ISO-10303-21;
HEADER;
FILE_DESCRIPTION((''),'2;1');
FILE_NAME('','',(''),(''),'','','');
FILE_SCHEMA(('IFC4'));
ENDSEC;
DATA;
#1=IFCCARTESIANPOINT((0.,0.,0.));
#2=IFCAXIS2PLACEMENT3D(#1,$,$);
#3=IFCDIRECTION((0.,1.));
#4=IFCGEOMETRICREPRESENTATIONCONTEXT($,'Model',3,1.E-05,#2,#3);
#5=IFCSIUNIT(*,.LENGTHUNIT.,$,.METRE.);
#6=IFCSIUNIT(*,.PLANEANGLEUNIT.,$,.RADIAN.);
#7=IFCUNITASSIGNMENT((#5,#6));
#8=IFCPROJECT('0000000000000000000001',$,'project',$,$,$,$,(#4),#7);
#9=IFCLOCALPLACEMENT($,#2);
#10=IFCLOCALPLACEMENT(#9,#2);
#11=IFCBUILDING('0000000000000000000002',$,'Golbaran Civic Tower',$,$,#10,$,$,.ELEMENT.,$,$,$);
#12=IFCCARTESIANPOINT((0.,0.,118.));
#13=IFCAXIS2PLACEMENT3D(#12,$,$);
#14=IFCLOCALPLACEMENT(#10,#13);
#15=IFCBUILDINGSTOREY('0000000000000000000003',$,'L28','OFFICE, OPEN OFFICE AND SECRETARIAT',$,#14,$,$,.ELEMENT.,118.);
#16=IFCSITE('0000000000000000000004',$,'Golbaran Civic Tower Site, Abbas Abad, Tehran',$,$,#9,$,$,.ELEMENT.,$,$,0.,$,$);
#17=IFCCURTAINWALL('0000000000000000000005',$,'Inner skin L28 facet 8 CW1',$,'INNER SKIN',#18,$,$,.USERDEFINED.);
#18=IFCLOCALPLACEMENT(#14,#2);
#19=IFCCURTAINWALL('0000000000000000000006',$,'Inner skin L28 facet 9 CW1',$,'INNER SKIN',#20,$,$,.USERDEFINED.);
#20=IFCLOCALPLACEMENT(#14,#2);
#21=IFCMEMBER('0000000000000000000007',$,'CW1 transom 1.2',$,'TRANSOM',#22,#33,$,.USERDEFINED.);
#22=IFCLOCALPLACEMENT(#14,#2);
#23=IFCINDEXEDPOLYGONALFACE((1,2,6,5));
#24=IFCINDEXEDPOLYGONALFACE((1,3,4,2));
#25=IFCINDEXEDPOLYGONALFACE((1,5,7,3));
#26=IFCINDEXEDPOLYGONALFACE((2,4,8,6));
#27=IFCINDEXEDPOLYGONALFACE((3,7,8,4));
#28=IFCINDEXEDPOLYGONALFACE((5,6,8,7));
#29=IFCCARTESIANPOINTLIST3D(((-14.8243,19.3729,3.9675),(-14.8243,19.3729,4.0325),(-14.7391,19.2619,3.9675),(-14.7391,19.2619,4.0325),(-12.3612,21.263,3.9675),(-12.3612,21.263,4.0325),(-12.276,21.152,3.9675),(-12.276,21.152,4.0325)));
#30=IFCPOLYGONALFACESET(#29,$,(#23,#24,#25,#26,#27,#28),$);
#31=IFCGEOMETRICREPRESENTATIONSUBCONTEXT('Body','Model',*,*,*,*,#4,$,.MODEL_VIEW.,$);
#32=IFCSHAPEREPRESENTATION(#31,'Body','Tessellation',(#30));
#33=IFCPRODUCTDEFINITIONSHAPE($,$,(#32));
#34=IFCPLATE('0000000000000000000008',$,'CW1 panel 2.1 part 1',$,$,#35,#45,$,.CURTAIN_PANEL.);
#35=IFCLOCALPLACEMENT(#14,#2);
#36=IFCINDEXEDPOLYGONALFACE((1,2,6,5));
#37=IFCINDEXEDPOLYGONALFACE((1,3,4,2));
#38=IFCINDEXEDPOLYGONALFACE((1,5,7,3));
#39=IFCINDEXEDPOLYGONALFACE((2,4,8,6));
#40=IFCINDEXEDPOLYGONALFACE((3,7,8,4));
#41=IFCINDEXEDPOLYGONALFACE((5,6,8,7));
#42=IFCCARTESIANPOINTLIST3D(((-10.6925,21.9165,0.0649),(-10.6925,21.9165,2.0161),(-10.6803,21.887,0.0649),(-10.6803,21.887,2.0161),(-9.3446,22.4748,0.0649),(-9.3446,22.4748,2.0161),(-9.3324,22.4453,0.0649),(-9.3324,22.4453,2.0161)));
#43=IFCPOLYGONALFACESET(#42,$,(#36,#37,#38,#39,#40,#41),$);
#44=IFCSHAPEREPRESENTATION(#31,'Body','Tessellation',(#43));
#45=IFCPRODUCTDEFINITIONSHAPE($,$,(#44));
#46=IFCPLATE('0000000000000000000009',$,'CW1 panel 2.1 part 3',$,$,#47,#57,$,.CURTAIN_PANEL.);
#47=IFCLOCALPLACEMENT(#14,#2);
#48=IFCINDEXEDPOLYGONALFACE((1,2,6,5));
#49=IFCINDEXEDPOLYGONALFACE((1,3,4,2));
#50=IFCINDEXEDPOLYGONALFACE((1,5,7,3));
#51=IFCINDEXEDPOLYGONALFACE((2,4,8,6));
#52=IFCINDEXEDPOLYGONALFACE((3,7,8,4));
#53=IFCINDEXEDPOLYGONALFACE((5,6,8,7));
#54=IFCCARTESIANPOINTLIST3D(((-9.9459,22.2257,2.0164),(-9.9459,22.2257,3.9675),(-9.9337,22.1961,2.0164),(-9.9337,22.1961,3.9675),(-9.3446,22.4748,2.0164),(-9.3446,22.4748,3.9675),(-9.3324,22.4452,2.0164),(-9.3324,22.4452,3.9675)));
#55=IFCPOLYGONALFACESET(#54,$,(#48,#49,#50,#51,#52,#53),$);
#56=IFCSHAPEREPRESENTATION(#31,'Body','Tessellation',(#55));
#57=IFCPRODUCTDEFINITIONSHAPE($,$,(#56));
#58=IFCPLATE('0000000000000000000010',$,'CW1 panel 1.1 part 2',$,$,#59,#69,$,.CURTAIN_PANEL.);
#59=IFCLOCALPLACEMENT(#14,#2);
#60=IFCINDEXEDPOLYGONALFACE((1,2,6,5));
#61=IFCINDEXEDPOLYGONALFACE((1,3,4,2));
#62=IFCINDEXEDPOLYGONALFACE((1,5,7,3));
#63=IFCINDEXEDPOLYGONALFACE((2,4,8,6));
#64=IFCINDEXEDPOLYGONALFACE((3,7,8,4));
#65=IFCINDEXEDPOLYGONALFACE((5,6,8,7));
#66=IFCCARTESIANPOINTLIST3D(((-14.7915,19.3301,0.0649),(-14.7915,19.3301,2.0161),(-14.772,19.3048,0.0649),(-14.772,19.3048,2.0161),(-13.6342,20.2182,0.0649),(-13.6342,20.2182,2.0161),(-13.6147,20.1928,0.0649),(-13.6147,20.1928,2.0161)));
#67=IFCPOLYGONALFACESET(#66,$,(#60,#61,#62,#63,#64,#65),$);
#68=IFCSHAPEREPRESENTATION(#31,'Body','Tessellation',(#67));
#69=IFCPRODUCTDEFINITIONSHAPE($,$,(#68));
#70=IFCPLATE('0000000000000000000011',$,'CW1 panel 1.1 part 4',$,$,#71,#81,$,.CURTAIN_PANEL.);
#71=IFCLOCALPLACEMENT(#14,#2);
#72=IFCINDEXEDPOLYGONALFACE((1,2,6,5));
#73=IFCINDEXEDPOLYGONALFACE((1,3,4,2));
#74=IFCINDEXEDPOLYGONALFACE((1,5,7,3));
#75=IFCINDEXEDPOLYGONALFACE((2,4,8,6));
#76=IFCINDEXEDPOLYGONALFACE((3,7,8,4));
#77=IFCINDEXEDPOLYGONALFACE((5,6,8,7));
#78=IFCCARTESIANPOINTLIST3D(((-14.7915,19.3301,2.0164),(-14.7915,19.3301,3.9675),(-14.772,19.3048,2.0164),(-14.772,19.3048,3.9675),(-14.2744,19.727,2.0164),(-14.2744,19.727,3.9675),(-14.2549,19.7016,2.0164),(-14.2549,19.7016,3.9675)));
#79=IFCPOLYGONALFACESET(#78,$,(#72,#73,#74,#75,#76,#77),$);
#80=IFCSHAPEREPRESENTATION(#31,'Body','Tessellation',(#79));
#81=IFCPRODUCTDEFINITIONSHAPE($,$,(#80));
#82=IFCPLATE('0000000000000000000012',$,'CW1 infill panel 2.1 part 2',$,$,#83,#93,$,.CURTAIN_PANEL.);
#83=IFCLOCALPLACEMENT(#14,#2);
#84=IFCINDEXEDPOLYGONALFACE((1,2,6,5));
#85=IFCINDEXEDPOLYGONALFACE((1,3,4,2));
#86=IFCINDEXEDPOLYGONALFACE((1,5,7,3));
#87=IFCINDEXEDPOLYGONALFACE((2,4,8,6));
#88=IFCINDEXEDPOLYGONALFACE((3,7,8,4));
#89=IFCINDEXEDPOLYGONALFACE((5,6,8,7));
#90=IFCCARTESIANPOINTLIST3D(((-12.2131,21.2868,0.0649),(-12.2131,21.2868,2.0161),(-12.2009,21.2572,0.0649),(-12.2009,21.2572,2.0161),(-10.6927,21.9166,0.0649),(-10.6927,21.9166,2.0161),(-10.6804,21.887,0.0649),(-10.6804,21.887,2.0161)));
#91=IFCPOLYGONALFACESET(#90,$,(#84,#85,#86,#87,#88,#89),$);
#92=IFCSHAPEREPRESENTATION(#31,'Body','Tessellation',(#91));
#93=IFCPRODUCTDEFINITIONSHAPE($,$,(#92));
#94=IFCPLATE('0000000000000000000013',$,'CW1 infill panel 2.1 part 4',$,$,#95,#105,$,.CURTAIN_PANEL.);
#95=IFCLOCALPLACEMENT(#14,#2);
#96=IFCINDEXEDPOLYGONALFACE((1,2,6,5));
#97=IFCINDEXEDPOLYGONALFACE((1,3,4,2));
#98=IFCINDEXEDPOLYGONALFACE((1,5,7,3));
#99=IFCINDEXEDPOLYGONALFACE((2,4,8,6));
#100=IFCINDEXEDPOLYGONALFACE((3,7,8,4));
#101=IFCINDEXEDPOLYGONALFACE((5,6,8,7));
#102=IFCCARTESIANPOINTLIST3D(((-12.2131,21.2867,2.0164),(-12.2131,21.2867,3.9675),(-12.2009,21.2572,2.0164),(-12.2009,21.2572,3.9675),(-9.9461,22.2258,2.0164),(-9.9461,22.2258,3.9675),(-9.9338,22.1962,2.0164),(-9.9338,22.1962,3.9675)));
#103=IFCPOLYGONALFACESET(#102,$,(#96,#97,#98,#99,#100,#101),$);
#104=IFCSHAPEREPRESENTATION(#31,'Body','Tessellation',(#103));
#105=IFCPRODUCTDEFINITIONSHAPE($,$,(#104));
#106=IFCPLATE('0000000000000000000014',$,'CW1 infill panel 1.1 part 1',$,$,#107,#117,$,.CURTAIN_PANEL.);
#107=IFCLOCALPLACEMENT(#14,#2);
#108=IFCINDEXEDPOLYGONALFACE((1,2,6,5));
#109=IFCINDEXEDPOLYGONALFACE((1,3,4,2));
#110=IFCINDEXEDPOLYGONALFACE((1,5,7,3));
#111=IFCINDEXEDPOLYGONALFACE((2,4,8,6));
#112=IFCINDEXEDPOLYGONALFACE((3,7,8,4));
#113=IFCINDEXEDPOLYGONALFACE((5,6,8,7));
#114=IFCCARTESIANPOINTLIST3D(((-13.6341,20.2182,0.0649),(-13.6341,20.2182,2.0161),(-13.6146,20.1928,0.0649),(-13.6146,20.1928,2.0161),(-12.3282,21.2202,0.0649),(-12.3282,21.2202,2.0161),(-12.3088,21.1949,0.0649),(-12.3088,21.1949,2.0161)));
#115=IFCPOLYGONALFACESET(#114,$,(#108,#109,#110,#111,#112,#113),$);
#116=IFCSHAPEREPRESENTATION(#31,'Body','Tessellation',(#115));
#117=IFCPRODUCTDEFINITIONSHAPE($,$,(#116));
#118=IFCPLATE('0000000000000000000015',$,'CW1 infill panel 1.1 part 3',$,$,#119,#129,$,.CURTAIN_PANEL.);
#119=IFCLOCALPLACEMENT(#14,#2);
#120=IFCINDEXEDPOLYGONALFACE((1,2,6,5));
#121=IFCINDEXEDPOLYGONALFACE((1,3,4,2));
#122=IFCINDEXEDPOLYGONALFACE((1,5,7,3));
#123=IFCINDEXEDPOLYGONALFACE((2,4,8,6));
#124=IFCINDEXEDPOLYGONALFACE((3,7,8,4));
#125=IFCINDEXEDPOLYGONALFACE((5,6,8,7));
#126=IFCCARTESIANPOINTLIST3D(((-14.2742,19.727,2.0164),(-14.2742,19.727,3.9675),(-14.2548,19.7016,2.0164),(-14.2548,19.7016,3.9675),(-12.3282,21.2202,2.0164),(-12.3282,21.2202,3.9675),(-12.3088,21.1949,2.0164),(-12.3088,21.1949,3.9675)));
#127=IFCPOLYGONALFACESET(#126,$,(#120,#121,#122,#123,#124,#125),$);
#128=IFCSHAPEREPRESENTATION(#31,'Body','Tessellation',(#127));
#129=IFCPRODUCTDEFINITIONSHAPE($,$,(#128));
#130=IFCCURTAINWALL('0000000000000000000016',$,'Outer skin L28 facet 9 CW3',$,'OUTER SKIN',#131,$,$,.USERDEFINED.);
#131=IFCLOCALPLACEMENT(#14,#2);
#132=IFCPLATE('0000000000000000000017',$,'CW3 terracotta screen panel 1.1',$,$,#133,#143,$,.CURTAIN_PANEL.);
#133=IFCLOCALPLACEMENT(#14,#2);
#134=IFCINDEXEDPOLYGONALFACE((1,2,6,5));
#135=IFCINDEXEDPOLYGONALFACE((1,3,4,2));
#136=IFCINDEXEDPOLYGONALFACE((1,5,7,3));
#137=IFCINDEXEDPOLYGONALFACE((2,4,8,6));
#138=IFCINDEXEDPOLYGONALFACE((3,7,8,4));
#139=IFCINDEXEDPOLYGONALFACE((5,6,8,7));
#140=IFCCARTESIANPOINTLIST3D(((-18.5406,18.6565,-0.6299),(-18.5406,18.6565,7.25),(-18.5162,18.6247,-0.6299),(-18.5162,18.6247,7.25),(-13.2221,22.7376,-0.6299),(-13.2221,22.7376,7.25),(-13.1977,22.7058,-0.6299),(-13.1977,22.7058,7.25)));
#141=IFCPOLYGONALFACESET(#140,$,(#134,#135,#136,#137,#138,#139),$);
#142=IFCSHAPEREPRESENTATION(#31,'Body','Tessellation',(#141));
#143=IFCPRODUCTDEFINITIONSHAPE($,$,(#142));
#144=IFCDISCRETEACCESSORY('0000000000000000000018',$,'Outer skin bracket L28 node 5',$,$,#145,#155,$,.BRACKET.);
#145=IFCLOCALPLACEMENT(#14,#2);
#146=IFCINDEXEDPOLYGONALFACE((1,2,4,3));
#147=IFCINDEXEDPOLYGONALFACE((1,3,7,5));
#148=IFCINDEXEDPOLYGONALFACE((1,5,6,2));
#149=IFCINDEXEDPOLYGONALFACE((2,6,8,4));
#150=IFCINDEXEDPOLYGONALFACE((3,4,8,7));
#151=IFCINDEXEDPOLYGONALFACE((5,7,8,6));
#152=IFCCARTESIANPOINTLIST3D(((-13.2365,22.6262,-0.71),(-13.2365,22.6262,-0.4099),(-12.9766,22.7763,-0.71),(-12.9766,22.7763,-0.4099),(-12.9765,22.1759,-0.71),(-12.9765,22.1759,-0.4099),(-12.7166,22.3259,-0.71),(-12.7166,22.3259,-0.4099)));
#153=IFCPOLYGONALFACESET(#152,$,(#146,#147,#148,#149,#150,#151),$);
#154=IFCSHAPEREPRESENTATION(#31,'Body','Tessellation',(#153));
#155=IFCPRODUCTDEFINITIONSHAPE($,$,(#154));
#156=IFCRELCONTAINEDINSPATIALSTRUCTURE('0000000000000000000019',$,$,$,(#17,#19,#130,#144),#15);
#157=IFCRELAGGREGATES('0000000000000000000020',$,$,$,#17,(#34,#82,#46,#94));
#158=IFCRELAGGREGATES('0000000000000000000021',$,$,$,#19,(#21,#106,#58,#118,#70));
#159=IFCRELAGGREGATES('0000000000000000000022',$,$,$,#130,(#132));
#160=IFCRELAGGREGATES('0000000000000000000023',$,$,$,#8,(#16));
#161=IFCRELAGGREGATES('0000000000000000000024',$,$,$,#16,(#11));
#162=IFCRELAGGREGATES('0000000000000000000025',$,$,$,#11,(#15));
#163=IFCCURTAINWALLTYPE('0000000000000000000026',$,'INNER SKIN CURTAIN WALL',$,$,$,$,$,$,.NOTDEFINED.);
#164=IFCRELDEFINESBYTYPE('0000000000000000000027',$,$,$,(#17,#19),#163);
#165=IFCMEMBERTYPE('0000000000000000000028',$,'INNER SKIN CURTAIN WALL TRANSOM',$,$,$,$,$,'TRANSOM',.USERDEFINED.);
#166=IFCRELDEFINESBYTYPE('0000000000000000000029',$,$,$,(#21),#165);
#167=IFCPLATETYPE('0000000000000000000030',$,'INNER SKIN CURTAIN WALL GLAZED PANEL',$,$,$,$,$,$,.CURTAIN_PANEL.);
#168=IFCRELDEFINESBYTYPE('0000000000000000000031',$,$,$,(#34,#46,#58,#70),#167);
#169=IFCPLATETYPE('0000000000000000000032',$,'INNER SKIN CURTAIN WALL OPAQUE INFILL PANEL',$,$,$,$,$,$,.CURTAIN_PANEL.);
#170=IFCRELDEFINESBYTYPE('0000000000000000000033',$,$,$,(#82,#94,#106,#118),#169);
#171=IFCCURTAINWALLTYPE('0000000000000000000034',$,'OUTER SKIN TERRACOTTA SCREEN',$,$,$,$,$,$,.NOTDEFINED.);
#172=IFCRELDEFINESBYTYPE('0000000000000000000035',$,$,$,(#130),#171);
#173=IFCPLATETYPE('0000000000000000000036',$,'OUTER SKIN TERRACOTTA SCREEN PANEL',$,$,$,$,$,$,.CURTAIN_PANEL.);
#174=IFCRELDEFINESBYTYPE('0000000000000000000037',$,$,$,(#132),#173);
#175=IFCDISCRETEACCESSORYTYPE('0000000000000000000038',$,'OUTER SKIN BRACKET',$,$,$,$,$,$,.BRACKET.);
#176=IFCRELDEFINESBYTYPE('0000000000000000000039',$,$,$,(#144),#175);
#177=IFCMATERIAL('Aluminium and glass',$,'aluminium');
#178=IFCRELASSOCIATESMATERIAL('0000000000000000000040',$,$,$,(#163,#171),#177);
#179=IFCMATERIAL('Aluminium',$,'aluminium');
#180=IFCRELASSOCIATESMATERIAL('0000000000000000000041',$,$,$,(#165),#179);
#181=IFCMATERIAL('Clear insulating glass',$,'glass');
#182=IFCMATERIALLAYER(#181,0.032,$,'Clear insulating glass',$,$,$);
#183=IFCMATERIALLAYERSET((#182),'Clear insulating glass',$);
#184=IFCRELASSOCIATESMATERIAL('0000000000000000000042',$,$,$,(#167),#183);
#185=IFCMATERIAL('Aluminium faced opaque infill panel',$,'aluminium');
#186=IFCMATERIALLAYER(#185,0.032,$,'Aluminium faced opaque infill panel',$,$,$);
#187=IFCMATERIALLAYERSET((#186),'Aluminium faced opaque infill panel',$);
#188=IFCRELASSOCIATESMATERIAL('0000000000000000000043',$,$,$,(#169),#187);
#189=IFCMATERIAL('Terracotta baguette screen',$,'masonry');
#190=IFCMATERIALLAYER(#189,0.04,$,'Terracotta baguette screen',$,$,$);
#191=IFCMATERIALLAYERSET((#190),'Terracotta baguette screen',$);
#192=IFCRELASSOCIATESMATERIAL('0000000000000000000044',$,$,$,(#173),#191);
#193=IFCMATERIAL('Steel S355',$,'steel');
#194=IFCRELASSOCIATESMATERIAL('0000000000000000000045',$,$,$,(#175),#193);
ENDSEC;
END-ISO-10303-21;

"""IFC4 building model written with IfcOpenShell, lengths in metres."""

from ifc_helpers import new_model, si_unit, direction, frame, origin, origin_2d, place, context, subcontext, project, spatial, rectangle, extrude, material, layer, layer_set, material_profile, profile_set, type_object, element, aggregate, save


model = new_model("IFC4")

# Units and contexts
model_context = context("Model", 3, precision=1e-05, world=origin(), true_north=direction((0.0, 1.0)))
body_context = subcontext(model_context, "Body", "Model", "MODEL_VIEW")
ifc_project = project(units=[si_unit("LENGTHUNIT", "METRE"), si_unit("PLANEANGLEUNIT", "RADIAN")], contexts=[model_context])

# Site, building, storey
site_placement = place(None, origin())
site = spatial("IfcSite", under=ifc_project, at=site_placement, Name="Golbaran Civic Tower Site, Abbas Abad, Tehran", CompositionType="ELEMENT", RefElevation=0.0)
building_placement = place(site_placement, origin())
building = spatial("IfcBuilding", under=site, at=building_placement, Name="Golbaran Civic Tower", CompositionType="ELEMENT")
storey_placement = place(building_placement, frame((0.0, 0.0, 118.0)))
storey = spatial("IfcBuildingStorey", under=building, at=storey_placement, Name="L28", Description="OFFICE, OPEN OFFICE AND SECRETARIAT", CompositionType="ELEMENT", Elevation=118.0)

# Shared definitions
ifc_material_1 = material(Name="Steel S355", Category="steel")

# Curtain wall
ifc_material_2 = material(Name="Aluminium and glass", Category="aluminium")
curtain_wall_type_1 = type_object("IfcCurtainWallType", Name="INNER SKIN CURTAIN WALL", PredefinedType="NOTDEFINED", material=ifc_material_2)
curtain_wall_1_placement = place(storey_placement, origin())
curtain_wall_1 = element("IfcCurtainWall", 1, at=curtain_wall_1_placement, inside=storey, type_object=curtain_wall_type_1, Name="Inner skin L28 facet 8 CW1", ObjectType="INNER SKIN", PredefinedType="USERDEFINED")
ifc_material_3 = material(Name="Aluminium", Category="aluminium")

# Curtain wall
curtain_wall_2_placement = place(storey_placement, origin())
curtain_wall_2 = element("IfcCurtainWall", 2, at=curtain_wall_2_placement, inside=storey, type_object=curtain_wall_type_1, Name="Inner skin L28 facet 9 CW1", ObjectType="INNER SKIN", PredefinedType="USERDEFINED")

# Member
ifc_material_profile_1 = material_profile(ifc_material_3, rectangle(XDim=0.1399, YDim=0.0649, at=origin_2d()), Name="INNER SKIN CURTAIN WALL TRANSOM")
ifc_profile_set_1 = profile_set([ifc_material_profile_1], Name="Aluminium")
member_type_1 = type_object("IfcMemberType", Name="INNER SKIN CURTAIN WALL TRANSOM", ElementType="TRANSOM", PredefinedType="USERDEFINED", material=ifc_profile_set_1)
member_1_placement = place(storey_placement, frame((-12.3186, 21.2075, 4.0), z_axis=(-0.793337, -0.608783, 0.0), x_axis=(0.608783, -0.793337, 0.0)))
member_1 = element("IfcMember", 3, at=member_1_placement, type_object=member_type_1, Name="CW1 transom 1.2", ObjectType="TRANSOM", PredefinedType="USERDEFINED", context=body_context, shape_type="SweptSolid", body=[
    extrude(rectangle(XDim=0.1399, YDim=0.0649, at=origin_2d()), origin(), (0.0, 0.0, 1.0), 3.1047),
])

# Plates
ifc_material_4 = material(Name="Clear insulating glass", Category="glass")
ifc_layer_1 = layer(ifc_material_4, 0.032, Name="Clear insulating glass")
ifc_layer_set_1 = layer_set([ifc_layer_1], Name="Clear insulating glass")
plate_type_1 = type_object("IfcPlateType", Name="INNER SKIN CURTAIN WALL GLAZED PANEL", PredefinedType="CURTAIN_PANEL", material=ifc_layer_set_1)
plate_1_placement = place(storey_placement, frame((-10.0125, 22.1809, 0.0649), z_axis=(0.0, 0.0, 1.0), x_axis=(-0.92388, -0.382683, 0.0)))
plate_1 = element("IfcPlate", 4, at=plate_1_placement, type_object=plate_type_1, Name="CW1 panel 2.1 part 1", PredefinedType="CURTAIN_PANEL", context=body_context, shape_type="SweptSolid", body=[
    extrude(rectangle(XDim=1.459, YDim=0.032, at=origin_2d()), origin(), (0.0, 0.0, 1.0), 1.9512),
])
plate_2_placement = place(storey_placement, frame((-9.6392, 22.3354, 2.0164), z_axis=(0.0, 0.0, 1.0), x_axis=(-0.92388, -0.382683, 0.0)))
plate_2 = element("IfcPlate", 5, at=plate_2_placement, type_object=plate_type_1, Name="CW1 panel 2.1 part 3", PredefinedType="CURTAIN_PANEL", context=body_context, shape_type="SweptSolid", body=[
    extrude(rectangle(XDim=0.6509, YDim=0.032, at=origin_2d()), origin(), (0.0, 0.0, 1.0), 1.9512),
])
plate_3_placement = place(storey_placement, frame((-14.2031, 19.7615, 0.0649), z_axis=(0.0, 0.0, 1.0), x_axis=(-0.793353, -0.608761, 0.0)))
plate_3 = element("IfcPlate", 6, at=plate_3_placement, type_object=plate_type_1, Name="CW1 panel 1.1 part 2", PredefinedType="CURTAIN_PANEL", context=body_context, shape_type="SweptSolid", body=[
    extrude(rectangle(XDim=1.4587, YDim=0.032, at=origin_2d()), origin(), (0.0, 0.0, 1.0), 1.9512),
])
plate_4_placement = place(storey_placement, frame((-14.5232, 19.5159, 2.0164), z_axis=(0.0, 0.0, 1.0), x_axis=(-0.793353, -0.608761, 0.0)))
plate_4 = element("IfcPlate", 7, at=plate_4_placement, type_object=plate_type_1, Name="CW1 panel 1.1 part 4", PredefinedType="CURTAIN_PANEL", context=body_context, shape_type="SweptSolid", body=[
    extrude(rectangle(XDim=0.6519, YDim=0.032, at=origin_2d()), origin(), (0.0, 0.0, 1.0), 1.9512),
])
ifc_material_5 = material(Name="Aluminium faced opaque infill panel", Category="aluminium")
ifc_layer_2 = layer(ifc_material_5, 0.032, Name="Aluminium faced opaque infill panel")
ifc_layer_set_2 = layer_set([ifc_layer_2], Name="Aluminium faced opaque infill panel")
plate_type_2 = type_object("IfcPlateType", Name="INNER SKIN CURTAIN WALL OPAQUE INFILL PANEL", PredefinedType="CURTAIN_PANEL", material=ifc_layer_set_2)
plate_5_placement = place(storey_placement, frame((-11.4468, 21.5869, 0.0649), z_axis=(0.0, 0.0, 1.0), x_axis=(-0.92388, -0.382683, 0.0)))
plate_5 = element("IfcPlate", 8, at=plate_5_placement, type_object=plate_type_2, Name="CW1 infill panel 2.1 part 2", PredefinedType="CURTAIN_PANEL", context=body_context, shape_type="SweptSolid", body=[
    extrude(rectangle(XDim=1.6458, YDim=0.032, at=origin_2d()), origin(), (0.0, 0.0, 1.0), 1.9512),
])
plate_6_placement = place(storey_placement, frame((-11.0735, 21.7415, 2.0164), z_axis=(0.0, 0.0, 1.0), x_axis=(-0.92388, -0.382683, 0.0)))
plate_6 = element("IfcPlate", 9, at=plate_6_placement, type_object=plate_type_2, Name="CW1 infill panel 2.1 part 4", PredefinedType="CURTAIN_PANEL", context=body_context, shape_type="SweptSolid", body=[
    extrude(rectangle(XDim=2.4539, YDim=0.032, at=origin_2d()), origin(), (0.0, 0.0, 1.0), 1.9512),
])
aggregate(curtain_wall_1, [plate_1, plate_5, plate_2, plate_6])
plate_7_placement = place(storey_placement, frame((-12.9714, 20.7065, 0.0649), z_axis=(0.0, 0.0, 1.0), x_axis=(-0.793353, -0.608761, 0.0)))
plate_7 = element("IfcPlate", 10, at=plate_7_placement, type_object=plate_type_2, Name="CW1 infill panel 1.1 part 1", PredefinedType="CURTAIN_PANEL", context=body_context, shape_type="SweptSolid", body=[
    extrude(rectangle(XDim=1.646, YDim=0.032, at=origin_2d()), origin(), (0.0, 0.0, 1.0), 1.9512),
])
plate_8_placement = place(storey_placement, frame((-13.2915, 20.4609, 2.0164), z_axis=(0.0, 0.0, 1.0), x_axis=(-0.793353, -0.608761, 0.0)))
plate_8 = element("IfcPlate", 11, at=plate_8_placement, type_object=plate_type_2, Name="CW1 infill panel 1.1 part 3", PredefinedType="CURTAIN_PANEL", context=body_context, shape_type="SweptSolid", body=[
    extrude(rectangle(XDim=2.4529, YDim=0.032, at=origin_2d()), origin(), (0.0, 0.0, 1.0), 1.9512),
])
aggregate(curtain_wall_2, [member_1, plate_7, plate_3, plate_8, plate_4])

# Curtain wall, plate
curtain_wall_type_2 = type_object("IfcCurtainWallType", Name="OUTER SKIN TERRACOTTA SCREEN", PredefinedType="NOTDEFINED", material=ifc_material_2)
curtain_wall_3_placement = place(storey_placement, origin())
curtain_wall_3 = element("IfcCurtainWall", 12, at=curtain_wall_3_placement, inside=storey, type_object=curtain_wall_type_2, Name="Outer skin L28 facet 9 CW3", ObjectType="OUTER SKIN", PredefinedType="USERDEFINED")
ifc_material_6 = material(Name="Terracotta baguette screen", Category="masonry")
ifc_layer_3 = layer(ifc_material_6, 0.04, Name="Terracotta baguette screen")
ifc_layer_set_3 = layer_set([ifc_layer_3], Name="Terracotta baguette screen")
plate_type_3 = type_object("IfcPlateType", Name="OUTER SKIN TERRACOTTA SCREEN PANEL", PredefinedType="CURTAIN_PANEL", material=ifc_layer_set_3)
plate_9_placement = place(storey_placement, frame((-15.8691, 20.6812, -0.6299), z_axis=(0.0, 0.0, 1.0), x_axis=(-0.793353, -0.608761, 0.0)))
plate_9 = element("IfcPlate", 13, at=plate_9_placement, type_object=plate_type_3, Name="CW3 terracotta screen panel 1.1", PredefinedType="CURTAIN_PANEL", context=body_context, shape_type="SweptSolid", body=[
    extrude(rectangle(XDim=6.7039, YDim=0.04, at=origin_2d()), origin(), (0.0, 0.0, 1.0), 7.8799),
])
aggregate(curtain_wall_3, [plate_9])

# Discrete accessory
discrete_accessory_type = type_object("IfcDiscreteAccessoryType", Name="OUTER SKIN BRACKET", PredefinedType="BRACKET", material=ifc_material_1)
discrete_accessory_placement = place(storey_placement, frame((-12.9766, 22.4761, -0.71), z_axis=(0.0, 0.0, 1.0), x_axis=(-0.5, 0.866025, 0.0)))
element("IfcDiscreteAccessory", 14, at=discrete_accessory_placement, inside=storey, type_object=discrete_accessory_type, Name="Outer skin bracket L28 node 5", PredefinedType="BRACKET", context=body_context, shape_type="SweptSolid", body=[
    extrude(rectangle(XDim=0.52, YDim=0.3, at=origin_2d()), origin(), (0.0, 0.0, 1.0), 0.3),
])

save(model, "model.ifc")
